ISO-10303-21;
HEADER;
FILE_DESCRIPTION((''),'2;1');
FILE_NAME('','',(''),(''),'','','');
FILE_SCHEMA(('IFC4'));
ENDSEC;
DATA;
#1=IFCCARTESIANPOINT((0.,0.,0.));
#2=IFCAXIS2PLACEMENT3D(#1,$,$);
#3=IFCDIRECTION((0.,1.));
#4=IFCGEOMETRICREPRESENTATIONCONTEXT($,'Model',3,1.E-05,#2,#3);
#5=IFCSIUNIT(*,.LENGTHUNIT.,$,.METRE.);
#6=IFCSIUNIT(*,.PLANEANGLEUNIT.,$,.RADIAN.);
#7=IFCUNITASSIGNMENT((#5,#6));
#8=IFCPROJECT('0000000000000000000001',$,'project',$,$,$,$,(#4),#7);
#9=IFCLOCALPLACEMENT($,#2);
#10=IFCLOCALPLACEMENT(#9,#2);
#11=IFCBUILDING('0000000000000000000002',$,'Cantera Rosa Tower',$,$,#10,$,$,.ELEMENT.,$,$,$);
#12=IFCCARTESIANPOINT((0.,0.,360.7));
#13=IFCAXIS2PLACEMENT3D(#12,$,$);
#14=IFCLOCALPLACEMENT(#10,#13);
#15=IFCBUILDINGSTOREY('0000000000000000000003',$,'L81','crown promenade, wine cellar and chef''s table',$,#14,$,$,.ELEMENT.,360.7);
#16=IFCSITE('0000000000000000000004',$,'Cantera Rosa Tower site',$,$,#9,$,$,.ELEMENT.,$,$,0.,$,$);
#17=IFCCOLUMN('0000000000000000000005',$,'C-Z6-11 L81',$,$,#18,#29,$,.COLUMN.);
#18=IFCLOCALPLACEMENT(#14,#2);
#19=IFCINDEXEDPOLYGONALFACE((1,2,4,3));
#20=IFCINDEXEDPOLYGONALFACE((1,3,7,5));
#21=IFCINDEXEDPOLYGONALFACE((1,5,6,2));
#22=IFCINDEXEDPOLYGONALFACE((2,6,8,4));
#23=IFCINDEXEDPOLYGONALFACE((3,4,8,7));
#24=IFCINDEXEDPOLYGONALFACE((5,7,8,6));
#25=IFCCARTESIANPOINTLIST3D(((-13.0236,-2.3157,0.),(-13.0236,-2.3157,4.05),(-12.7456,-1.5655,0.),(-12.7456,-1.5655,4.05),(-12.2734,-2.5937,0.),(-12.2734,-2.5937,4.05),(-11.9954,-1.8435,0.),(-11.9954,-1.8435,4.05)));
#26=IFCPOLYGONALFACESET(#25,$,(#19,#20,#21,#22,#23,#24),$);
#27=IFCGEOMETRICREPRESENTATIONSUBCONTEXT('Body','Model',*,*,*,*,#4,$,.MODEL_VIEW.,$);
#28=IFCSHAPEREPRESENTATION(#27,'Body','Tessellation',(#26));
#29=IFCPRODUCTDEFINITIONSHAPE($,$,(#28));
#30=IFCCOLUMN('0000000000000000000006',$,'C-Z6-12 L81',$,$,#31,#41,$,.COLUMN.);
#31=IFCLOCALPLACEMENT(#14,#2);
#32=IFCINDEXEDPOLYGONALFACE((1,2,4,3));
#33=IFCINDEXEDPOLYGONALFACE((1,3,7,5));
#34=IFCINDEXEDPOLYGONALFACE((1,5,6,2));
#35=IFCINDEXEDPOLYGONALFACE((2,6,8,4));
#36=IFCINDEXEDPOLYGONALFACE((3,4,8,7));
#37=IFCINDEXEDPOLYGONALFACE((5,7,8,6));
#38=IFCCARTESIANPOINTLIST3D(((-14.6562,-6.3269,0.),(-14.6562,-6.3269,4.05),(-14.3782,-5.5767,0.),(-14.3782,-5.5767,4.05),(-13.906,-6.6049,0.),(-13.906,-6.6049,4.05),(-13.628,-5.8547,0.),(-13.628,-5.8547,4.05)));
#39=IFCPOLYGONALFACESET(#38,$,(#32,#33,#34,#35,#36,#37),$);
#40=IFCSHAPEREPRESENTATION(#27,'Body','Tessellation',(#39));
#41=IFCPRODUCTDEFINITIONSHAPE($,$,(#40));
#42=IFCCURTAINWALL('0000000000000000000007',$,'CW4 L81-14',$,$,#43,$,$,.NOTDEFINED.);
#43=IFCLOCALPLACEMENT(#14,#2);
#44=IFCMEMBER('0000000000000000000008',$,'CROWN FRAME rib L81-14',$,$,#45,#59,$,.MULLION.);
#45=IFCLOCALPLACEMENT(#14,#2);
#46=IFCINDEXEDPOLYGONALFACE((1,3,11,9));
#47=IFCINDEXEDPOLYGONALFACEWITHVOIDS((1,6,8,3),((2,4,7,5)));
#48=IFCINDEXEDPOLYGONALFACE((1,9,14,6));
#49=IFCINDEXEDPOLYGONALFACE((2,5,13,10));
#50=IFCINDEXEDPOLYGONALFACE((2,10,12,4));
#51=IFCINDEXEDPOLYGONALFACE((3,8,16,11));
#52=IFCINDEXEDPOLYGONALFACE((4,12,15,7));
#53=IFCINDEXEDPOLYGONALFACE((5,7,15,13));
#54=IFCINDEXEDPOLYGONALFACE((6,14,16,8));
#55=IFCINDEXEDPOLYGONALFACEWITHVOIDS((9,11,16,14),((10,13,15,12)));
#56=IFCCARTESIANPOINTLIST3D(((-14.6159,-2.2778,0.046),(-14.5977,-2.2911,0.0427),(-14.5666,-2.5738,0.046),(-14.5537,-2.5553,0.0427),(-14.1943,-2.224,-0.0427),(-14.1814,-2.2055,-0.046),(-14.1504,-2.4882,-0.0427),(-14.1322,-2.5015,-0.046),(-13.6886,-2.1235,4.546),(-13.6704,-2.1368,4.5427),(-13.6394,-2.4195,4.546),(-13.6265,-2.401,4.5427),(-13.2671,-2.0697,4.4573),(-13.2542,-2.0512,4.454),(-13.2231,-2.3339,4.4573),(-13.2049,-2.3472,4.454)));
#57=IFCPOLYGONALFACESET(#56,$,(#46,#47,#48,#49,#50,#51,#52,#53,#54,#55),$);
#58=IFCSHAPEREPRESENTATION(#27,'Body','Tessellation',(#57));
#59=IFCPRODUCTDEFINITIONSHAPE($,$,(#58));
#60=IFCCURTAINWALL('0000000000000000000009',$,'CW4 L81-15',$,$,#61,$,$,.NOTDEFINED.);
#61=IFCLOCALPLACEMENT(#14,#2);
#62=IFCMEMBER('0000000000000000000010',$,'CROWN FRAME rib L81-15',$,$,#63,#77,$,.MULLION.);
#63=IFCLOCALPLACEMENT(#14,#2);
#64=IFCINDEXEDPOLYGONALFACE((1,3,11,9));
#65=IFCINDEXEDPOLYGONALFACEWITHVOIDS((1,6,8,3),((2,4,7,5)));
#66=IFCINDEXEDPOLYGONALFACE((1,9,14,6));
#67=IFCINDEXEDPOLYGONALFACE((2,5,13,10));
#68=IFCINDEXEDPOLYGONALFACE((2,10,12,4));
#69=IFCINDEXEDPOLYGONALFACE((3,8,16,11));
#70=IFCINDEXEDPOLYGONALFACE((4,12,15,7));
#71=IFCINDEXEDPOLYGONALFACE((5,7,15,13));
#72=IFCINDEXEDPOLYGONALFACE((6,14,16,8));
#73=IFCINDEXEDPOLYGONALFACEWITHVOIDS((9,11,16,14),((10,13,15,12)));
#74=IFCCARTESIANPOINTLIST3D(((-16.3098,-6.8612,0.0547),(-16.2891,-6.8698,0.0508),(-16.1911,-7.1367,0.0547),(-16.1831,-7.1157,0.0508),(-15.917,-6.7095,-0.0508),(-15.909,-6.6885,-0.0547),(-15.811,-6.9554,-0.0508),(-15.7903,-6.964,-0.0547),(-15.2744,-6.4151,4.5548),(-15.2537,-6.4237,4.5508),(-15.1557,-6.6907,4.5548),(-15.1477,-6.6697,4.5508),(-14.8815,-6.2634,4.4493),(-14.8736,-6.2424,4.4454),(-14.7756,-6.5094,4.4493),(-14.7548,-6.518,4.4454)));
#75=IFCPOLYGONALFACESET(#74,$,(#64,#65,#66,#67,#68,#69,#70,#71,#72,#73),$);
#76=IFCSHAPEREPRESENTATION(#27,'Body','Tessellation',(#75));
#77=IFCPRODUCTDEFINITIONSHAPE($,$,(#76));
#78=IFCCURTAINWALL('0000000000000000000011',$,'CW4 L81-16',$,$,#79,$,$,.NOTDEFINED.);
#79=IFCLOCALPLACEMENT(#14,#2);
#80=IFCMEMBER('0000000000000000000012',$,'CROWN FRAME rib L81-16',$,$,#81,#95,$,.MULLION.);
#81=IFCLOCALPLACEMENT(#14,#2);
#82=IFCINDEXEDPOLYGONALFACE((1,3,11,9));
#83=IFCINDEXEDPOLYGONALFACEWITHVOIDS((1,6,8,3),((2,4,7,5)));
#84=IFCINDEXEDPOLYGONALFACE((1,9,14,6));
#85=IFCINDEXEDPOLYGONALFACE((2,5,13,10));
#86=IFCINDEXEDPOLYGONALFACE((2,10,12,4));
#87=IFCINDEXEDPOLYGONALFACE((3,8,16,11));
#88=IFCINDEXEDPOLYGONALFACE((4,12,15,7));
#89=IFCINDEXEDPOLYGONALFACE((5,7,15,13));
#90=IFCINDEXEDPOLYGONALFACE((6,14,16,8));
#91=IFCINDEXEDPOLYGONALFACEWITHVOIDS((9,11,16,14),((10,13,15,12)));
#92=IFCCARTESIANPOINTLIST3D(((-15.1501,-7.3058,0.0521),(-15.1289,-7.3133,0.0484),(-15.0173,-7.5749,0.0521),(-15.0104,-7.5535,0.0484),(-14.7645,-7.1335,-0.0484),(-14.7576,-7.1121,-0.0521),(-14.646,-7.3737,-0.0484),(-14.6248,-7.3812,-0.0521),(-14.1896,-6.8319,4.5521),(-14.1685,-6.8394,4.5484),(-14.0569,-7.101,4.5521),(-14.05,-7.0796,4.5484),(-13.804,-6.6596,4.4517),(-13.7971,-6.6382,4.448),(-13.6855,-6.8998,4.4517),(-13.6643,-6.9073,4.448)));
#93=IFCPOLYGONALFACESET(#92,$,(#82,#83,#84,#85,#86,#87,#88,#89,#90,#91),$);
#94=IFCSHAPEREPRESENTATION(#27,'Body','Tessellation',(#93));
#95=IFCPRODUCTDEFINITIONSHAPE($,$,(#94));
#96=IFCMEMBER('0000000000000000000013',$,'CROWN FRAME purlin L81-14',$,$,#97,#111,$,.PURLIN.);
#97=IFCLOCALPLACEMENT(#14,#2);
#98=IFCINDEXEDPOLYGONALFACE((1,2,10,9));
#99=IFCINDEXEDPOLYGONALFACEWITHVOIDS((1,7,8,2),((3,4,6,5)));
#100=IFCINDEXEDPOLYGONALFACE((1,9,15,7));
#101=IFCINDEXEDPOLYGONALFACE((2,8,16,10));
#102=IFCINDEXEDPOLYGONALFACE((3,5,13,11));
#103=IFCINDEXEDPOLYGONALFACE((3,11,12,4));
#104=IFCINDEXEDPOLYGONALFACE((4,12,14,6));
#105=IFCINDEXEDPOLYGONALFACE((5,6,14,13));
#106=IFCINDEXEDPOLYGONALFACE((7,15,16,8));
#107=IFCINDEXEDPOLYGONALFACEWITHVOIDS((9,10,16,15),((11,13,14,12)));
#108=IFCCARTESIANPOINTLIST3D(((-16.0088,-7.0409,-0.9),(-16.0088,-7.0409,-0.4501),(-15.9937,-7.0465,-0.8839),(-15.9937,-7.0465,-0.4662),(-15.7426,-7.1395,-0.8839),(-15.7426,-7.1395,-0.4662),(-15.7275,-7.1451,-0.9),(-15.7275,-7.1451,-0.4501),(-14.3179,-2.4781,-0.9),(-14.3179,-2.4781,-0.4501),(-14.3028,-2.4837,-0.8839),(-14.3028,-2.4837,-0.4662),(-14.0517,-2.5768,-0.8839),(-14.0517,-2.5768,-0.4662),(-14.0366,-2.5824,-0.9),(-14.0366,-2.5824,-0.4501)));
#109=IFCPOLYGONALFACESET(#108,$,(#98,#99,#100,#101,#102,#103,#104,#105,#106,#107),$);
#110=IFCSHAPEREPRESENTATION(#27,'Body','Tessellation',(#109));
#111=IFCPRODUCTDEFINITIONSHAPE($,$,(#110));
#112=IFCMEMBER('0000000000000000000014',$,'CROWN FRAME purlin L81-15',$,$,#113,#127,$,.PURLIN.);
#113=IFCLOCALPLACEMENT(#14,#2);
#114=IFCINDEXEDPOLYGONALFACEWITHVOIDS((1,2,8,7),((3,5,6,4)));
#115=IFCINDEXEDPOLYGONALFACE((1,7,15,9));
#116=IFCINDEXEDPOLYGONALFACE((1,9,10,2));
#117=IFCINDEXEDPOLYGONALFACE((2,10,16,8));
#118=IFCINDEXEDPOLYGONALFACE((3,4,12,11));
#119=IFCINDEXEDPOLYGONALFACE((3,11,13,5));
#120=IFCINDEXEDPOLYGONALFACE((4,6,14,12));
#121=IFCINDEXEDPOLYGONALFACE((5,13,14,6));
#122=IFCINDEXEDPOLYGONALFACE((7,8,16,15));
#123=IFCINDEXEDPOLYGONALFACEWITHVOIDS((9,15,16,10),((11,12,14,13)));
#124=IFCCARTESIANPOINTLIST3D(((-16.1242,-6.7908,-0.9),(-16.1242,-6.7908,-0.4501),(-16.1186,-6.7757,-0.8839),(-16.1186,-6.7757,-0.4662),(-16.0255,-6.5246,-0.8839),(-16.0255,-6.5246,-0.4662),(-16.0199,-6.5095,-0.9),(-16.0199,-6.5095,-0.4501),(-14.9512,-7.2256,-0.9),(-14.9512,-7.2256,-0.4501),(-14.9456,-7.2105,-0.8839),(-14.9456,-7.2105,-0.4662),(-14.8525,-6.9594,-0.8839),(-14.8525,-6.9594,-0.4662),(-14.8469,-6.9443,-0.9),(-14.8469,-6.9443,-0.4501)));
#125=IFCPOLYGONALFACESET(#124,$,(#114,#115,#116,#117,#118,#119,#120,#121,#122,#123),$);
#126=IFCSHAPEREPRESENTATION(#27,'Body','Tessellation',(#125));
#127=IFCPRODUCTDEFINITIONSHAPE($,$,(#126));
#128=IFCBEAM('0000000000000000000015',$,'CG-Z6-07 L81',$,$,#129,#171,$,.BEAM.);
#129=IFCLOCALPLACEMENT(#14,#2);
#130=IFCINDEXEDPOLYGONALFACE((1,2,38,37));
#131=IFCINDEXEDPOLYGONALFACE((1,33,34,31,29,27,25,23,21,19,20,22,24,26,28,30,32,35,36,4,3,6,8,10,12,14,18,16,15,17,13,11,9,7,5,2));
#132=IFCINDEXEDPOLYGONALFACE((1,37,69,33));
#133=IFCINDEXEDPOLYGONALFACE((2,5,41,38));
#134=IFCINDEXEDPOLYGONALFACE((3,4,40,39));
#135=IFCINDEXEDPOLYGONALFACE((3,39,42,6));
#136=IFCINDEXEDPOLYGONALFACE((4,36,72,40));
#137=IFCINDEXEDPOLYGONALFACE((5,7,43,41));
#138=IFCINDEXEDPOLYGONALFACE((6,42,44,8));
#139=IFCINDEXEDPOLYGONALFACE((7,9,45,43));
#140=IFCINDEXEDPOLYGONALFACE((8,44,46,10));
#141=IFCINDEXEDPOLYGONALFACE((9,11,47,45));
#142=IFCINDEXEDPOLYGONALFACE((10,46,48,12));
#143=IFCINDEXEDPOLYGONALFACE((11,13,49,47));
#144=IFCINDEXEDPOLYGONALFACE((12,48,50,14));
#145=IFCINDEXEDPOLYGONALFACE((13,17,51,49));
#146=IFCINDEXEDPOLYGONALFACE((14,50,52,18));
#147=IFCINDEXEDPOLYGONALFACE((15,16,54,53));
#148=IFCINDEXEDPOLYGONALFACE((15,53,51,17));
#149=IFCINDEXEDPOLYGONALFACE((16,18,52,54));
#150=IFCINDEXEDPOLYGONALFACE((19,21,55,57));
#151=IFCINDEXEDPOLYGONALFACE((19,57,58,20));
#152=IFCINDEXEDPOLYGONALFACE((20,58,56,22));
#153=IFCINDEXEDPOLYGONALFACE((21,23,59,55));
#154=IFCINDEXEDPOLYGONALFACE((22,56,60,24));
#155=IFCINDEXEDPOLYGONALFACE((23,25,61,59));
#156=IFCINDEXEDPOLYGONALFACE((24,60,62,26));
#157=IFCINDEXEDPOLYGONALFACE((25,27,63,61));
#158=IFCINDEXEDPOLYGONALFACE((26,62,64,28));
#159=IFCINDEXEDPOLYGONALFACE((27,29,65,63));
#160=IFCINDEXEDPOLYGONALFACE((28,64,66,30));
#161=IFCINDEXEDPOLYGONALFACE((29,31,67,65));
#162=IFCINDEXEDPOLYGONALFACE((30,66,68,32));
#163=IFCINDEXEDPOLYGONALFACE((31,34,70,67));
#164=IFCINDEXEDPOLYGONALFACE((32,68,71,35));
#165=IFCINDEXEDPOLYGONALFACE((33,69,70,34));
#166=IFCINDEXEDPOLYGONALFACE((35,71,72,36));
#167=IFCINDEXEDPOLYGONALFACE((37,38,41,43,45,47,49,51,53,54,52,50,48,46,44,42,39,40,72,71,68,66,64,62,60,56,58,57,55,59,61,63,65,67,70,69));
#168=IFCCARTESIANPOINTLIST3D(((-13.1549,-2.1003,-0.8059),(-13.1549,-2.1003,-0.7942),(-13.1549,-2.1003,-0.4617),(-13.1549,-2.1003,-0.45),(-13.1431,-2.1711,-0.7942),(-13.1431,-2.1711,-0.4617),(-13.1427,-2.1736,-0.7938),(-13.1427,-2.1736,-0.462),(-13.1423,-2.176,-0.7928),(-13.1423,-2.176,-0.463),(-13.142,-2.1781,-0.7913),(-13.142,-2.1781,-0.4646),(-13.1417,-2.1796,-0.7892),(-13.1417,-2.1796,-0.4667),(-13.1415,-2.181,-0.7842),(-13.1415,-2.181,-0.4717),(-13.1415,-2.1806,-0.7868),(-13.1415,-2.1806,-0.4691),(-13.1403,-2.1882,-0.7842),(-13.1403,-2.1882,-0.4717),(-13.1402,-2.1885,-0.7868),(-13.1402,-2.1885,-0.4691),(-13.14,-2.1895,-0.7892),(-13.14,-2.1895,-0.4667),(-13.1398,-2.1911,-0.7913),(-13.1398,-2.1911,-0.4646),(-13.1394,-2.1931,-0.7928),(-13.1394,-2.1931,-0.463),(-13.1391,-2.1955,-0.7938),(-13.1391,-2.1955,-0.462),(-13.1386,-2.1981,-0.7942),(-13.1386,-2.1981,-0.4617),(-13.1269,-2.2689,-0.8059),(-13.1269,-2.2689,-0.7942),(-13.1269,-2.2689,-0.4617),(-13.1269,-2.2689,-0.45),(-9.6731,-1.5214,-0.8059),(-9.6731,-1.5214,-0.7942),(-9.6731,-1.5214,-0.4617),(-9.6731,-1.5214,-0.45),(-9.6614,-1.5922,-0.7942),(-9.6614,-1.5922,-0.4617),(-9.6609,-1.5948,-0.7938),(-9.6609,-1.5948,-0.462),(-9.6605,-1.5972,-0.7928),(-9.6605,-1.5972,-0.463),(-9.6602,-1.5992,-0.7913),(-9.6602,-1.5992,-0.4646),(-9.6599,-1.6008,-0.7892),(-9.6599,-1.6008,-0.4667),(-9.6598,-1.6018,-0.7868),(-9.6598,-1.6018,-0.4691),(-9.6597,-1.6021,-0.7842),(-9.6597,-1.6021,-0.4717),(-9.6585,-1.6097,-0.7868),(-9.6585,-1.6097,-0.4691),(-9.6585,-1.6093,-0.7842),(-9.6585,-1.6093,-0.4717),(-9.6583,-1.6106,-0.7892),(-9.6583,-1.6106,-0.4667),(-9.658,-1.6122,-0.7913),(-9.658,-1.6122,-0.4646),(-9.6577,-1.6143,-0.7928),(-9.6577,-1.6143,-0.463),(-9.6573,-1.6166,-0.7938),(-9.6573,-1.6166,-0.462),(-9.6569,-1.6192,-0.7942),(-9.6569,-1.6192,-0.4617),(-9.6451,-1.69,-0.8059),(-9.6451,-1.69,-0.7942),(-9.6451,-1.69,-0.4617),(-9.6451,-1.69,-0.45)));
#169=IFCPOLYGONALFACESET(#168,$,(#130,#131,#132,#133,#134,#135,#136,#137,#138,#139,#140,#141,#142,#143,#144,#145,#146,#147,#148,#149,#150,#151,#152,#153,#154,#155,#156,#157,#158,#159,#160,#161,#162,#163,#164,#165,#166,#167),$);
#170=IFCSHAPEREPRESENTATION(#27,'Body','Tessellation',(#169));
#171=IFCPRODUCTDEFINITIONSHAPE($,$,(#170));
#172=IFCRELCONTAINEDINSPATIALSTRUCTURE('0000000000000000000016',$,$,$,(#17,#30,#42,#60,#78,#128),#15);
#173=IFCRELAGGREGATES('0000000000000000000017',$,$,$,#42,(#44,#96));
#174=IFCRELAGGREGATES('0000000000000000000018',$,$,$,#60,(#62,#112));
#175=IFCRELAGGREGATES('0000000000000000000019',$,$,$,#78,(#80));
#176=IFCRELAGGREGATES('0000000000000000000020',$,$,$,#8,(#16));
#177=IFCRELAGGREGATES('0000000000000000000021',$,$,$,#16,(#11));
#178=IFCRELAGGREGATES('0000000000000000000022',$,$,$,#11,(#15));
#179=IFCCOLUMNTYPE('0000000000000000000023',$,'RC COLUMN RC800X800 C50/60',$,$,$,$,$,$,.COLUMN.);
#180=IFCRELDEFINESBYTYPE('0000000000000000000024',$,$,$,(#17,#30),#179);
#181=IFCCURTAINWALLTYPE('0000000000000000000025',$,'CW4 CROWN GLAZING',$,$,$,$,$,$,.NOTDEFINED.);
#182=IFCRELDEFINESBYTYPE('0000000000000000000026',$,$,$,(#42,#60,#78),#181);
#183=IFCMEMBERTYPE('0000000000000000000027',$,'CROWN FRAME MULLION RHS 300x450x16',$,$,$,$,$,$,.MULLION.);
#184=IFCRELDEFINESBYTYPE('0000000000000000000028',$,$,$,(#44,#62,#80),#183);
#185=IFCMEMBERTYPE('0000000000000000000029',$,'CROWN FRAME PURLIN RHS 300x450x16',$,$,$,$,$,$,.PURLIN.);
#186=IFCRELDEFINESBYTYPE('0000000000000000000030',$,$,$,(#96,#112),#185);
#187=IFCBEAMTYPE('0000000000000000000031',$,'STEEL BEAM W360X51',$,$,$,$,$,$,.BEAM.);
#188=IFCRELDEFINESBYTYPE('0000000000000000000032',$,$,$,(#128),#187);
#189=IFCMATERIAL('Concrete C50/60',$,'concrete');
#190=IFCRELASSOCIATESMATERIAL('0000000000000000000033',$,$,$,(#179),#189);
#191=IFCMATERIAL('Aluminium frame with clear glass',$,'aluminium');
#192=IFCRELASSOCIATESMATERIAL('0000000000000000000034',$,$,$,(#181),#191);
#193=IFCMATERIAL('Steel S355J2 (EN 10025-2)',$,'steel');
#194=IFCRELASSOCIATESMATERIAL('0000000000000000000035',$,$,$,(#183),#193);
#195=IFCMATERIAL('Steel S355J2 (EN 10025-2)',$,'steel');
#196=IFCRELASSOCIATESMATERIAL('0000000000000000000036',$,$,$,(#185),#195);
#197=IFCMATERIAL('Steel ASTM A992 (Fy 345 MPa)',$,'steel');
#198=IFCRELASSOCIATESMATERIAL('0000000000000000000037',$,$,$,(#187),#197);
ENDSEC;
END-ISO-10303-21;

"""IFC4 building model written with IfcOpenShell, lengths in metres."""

from ifc_helpers import new_model, si_unit, direction, frame, origin, origin_2d, place, context, subcontext, project, spatial, rectangle, hollow_rectangle, i_section, extrude, material, material_profile, profile_set, type_object, element, aggregate, save


model = new_model("IFC4")

# Units and contexts
model_context = context("Model", 3, precision=1e-05, world=origin(), true_north=direction((0.0, 1.0)))
body_context = subcontext(model_context, "Body", "Model", "MODEL_VIEW")
ifc_project = project(units=[si_unit("LENGTHUNIT", "METRE"), si_unit("PLANEANGLEUNIT", "RADIAN")], contexts=[model_context])

# Site, building, storey
site_placement = place(None, origin())
site = spatial("IfcSite", under=ifc_project, at=site_placement, Name="Cantera Rosa Tower site", CompositionType="ELEMENT", RefElevation=0.0)
building_placement = place(site_placement, origin())
building = spatial("IfcBuilding", under=site, at=building_placement, Name="Cantera Rosa Tower", CompositionType="ELEMENT")
storey_placement = place(building_placement, frame((0.0, 0.0, 360.7)))
storey = spatial("IfcBuildingStorey", under=building, at=storey_placement, Name="L81", Description="crown promenade, wine cellar and chef's table", CompositionType="ELEMENT", Elevation=360.7)

# Columns
ifc_material_1 = material(Name="Concrete C50/60", Category="concrete")
ifc_material_profile_1 = material_profile(ifc_material_1, rectangle(XDim=0.8, YDim=0.8, at=origin_2d()), Name="RC COLUMN RC800X800 C50/60")
ifc_profile_set_1 = profile_set([ifc_material_profile_1], Name="Concrete C50/60")
column_type = type_object("IfcColumnType", Name="RC COLUMN RC800X800 C50/60", PredefinedType="COLUMN", material=ifc_profile_set_1)
for number, where, z_axis, x_axis, name in (
    (1, (-12.5095, -2.0796, 0.0), (0.0, 0.0, 1.0), (0.347481, 0.937687, 0.0), "C-Z6-11 L81"),
    (2, (-14.1421, -6.0908, 0.0), (0.0, 0.0, 1.0), (0.347481, 0.937687, 0.0), "C-Z6-12 L81"),
):
    element("IfcColumn", number, at=place(storey_placement, frame(where, z_axis=z_axis, x_axis=x_axis)), inside=storey, type_object=column_type, Name=name, PredefinedType="COLUMN", context=body_context, shape_type="SweptSolid", body=[
        extrude(rectangle(XDim=0.8, YDim=0.8, at=origin_2d()), origin(), (0.0, 0.0, 1.0), 4.05),
    ])

# Curtain walls, members
ifc_material_2 = material(Name="Aluminium frame with clear glass", Category="aluminium")
curtain_wall_type = type_object("IfcCurtainWallType", Name="CW4 CROWN GLAZING", PredefinedType="NOTDEFINED", material=ifc_material_2)
curtain_wall_1_placement = place(storey_placement, origin())
curtain_wall_1 = element("IfcCurtainWall", 3, at=curtain_wall_1_placement, inside=storey, type_object=curtain_wall_type, Name="CW4 L81-14", PredefinedType="NOTDEFINED")
ifc_material_3 = material(Name="Steel S355J2 (EN 10025-2)", Category="steel")
ifc_material_profile_2 = material_profile(ifc_material_3, hollow_rectangle(XDim=0.3, YDim=0.45, WallThickness=0.0161, at=origin_2d()), Name="CROWN FRAME MULLION RHS 300x450x16")
ifc_profile_set_2 = profile_set([ifc_material_profile_2], Name="Steel S355J2 (EN 10025-2)")
member_type_1 = type_object("IfcMemberType", Name="CROWN FRAME MULLION RHS 300x450x16", PredefinedType="MULLION", material=ifc_profile_set_2)
member_1_placement = place(storey_placement, frame((-14.374, -2.3896, 0.0), z_axis=(0.201701, 0.033564, 0.978872), x_axis=(-0.164146, 0.986436, 0.0)))
member_1 = element("IfcMember", 4, at=member_1_placement, type_object=member_type_1, Name="CROWN FRAME rib L81-14", PredefinedType="MULLION", context=body_context, shape_type="SweptSolid", body=[
    extrude(hollow_rectangle(XDim=0.3, YDim=0.45, WallThickness=0.0161, at=origin_2d()), origin(), (0.0, 0.0, 1.0), 4.5972),
])
curtain_wall_2_placement = place(storey_placement, origin())
curtain_wall_2 = element("IfcCurtainWall", 5, at=curtain_wall_2_placement, inside=storey, type_object=curtain_wall_type, Name="CW4 L81-15", PredefinedType="NOTDEFINED")
member_2_placement = place(storey_placement, frame((-16.05, -6.9126, 0.0), z_axis=(0.223191, 0.09615, 0.970021), x_axis=(-0.395644, 0.918404, 0.0)))
member_2 = element("IfcMember", 6, at=member_2_placement, type_object=member_type_1, Name="CROWN FRAME rib L81-15", PredefinedType="MULLION", context=body_context, shape_type="SweptSolid", body=[
    extrude(hollow_rectangle(XDim=0.3, YDim=0.45, WallThickness=0.0161, at=origin_2d()), origin(), (0.0, 0.0, 1.0), 4.6392),
])
curtain_wall_3_placement = place(storey_placement, origin())
curtain_wall_3 = element("IfcCurtainWall", 7, at=curtain_wall_3_placement, inside=storey, type_object=curtain_wall_type, Name="CW4 L81-16", PredefinedType="NOTDEFINED")
member_3_placement = place(storey_placement, frame((-14.8875, -7.3435, 0.0), z_axis=(0.207634, 0.102445, 0.972828), x_axis=(-0.442466, 0.896785, 0.0)))
member_3 = element("IfcMember", 8, at=member_3_placement, type_object=member_type_1, Name="CROWN FRAME rib L81-16", PredefinedType="MULLION", context=body_context, shape_type="SweptSolid", body=[
    extrude(hollow_rectangle(XDim=0.3, YDim=0.45, WallThickness=0.0161, at=origin_2d()), origin(), (0.0, 0.0, 1.0), 4.6257),
])

# Members
ifc_material_4 = material(Name="Steel S355J2 (EN 10025-2)", Category="steel")
ifc_material_profile_3 = material_profile(ifc_material_4, hollow_rectangle(XDim=0.3, YDim=0.45, WallThickness=0.0161, at=origin_2d()), Name="CROWN FRAME PURLIN RHS 300x450x16")
ifc_profile_set_3 = profile_set([ifc_material_profile_3], Name="Steel S355J2 (EN 10025-2)")
member_type_2 = type_object("IfcMemberType", Name="CROWN FRAME PURLIN RHS 300x450x16", PredefinedType="PURLIN", material=ifc_profile_set_3)
member_4_placement = place(storey_placement, frame((-14.1772, -2.5303, -0.675), z_axis=(-0.347497, -0.937681, 0.0), x_axis=(0.937681, -0.347497, 0.0)))
member_4 = element("IfcMember", 9, at=member_4_placement, type_object=member_type_2, Name="CROWN FRAME purlin L81-14", PredefinedType="PURLIN", context=body_context, shape_type="SweptSolid", body=[
    extrude(hollow_rectangle(XDim=0.3, YDim=0.45, WallThickness=0.0161, at=origin_2d()), origin(), (0.0, 0.0, 1.0), 4.866),
])
member_5_placement = place(storey_placement, frame((-16.072, -6.6501, -0.675), z_axis=(0.937662, -0.34755, 0.0), x_axis=(0.34755, 0.937662, 0.0)))
member_5 = element("IfcMember", 10, at=member_5_placement, type_object=member_type_2, Name="CROWN FRAME purlin L81-15", PredefinedType="PURLIN", context=body_context, shape_type="SweptSolid", body=[
    extrude(hollow_rectangle(XDim=0.3, YDim=0.45, WallThickness=0.0161, at=origin_2d()), origin(), (0.0, 0.0, 1.0), 1.251),
])

# Beam
ifc_material_5 = material(Name="Steel ASTM A992 (Fy 345 MPa)", Category="steel")
ifc_material_profile_4 = material_profile(ifc_material_5, i_section(OverallWidth=0.1709, OverallDepth=0.356, WebThickness=0.0073, FlangeThickness=0.0117, FilletRadius=0.01, at=origin_2d()), Name="W360X51")
ifc_profile_set_4 = profile_set([ifc_material_profile_4], Name="Steel ASTM A992 (Fy 345 MPa)")
beam_type_1 = type_object("IfcBeamType", Name="STEEL BEAM W360X51", PredefinedType="BEAM", material=ifc_profile_set_4)
beam_1_placement = place(storey_placement, frame((-13.1409, -2.1846, -0.6279), z_axis=(0.986459, 0.164006, 0.0), x_axis=(-0.164006, 0.986459, 0.0)))
element("IfcBeam", 11, at=beam_1_placement, inside=storey, type_object=beam_type_1, Name="CG-Z6-07 L81", PredefinedType="BEAM", context=body_context, shape_type="SweptSolid", body=[
    extrude(i_section(OverallWidth=0.1709, OverallDepth=0.356, WebThickness=0.0073, FlangeThickness=0.0117, FilletRadius=0.01, at=origin_2d()), origin(), (0.0, 0.0, 1.0), 3.5295),
])

aggregate(curtain_wall_1, [member_1, member_4])
aggregate(curtain_wall_2, [member_2, member_5])
aggregate(curtain_wall_3, [member_3])

save(model, "model.ifc")
